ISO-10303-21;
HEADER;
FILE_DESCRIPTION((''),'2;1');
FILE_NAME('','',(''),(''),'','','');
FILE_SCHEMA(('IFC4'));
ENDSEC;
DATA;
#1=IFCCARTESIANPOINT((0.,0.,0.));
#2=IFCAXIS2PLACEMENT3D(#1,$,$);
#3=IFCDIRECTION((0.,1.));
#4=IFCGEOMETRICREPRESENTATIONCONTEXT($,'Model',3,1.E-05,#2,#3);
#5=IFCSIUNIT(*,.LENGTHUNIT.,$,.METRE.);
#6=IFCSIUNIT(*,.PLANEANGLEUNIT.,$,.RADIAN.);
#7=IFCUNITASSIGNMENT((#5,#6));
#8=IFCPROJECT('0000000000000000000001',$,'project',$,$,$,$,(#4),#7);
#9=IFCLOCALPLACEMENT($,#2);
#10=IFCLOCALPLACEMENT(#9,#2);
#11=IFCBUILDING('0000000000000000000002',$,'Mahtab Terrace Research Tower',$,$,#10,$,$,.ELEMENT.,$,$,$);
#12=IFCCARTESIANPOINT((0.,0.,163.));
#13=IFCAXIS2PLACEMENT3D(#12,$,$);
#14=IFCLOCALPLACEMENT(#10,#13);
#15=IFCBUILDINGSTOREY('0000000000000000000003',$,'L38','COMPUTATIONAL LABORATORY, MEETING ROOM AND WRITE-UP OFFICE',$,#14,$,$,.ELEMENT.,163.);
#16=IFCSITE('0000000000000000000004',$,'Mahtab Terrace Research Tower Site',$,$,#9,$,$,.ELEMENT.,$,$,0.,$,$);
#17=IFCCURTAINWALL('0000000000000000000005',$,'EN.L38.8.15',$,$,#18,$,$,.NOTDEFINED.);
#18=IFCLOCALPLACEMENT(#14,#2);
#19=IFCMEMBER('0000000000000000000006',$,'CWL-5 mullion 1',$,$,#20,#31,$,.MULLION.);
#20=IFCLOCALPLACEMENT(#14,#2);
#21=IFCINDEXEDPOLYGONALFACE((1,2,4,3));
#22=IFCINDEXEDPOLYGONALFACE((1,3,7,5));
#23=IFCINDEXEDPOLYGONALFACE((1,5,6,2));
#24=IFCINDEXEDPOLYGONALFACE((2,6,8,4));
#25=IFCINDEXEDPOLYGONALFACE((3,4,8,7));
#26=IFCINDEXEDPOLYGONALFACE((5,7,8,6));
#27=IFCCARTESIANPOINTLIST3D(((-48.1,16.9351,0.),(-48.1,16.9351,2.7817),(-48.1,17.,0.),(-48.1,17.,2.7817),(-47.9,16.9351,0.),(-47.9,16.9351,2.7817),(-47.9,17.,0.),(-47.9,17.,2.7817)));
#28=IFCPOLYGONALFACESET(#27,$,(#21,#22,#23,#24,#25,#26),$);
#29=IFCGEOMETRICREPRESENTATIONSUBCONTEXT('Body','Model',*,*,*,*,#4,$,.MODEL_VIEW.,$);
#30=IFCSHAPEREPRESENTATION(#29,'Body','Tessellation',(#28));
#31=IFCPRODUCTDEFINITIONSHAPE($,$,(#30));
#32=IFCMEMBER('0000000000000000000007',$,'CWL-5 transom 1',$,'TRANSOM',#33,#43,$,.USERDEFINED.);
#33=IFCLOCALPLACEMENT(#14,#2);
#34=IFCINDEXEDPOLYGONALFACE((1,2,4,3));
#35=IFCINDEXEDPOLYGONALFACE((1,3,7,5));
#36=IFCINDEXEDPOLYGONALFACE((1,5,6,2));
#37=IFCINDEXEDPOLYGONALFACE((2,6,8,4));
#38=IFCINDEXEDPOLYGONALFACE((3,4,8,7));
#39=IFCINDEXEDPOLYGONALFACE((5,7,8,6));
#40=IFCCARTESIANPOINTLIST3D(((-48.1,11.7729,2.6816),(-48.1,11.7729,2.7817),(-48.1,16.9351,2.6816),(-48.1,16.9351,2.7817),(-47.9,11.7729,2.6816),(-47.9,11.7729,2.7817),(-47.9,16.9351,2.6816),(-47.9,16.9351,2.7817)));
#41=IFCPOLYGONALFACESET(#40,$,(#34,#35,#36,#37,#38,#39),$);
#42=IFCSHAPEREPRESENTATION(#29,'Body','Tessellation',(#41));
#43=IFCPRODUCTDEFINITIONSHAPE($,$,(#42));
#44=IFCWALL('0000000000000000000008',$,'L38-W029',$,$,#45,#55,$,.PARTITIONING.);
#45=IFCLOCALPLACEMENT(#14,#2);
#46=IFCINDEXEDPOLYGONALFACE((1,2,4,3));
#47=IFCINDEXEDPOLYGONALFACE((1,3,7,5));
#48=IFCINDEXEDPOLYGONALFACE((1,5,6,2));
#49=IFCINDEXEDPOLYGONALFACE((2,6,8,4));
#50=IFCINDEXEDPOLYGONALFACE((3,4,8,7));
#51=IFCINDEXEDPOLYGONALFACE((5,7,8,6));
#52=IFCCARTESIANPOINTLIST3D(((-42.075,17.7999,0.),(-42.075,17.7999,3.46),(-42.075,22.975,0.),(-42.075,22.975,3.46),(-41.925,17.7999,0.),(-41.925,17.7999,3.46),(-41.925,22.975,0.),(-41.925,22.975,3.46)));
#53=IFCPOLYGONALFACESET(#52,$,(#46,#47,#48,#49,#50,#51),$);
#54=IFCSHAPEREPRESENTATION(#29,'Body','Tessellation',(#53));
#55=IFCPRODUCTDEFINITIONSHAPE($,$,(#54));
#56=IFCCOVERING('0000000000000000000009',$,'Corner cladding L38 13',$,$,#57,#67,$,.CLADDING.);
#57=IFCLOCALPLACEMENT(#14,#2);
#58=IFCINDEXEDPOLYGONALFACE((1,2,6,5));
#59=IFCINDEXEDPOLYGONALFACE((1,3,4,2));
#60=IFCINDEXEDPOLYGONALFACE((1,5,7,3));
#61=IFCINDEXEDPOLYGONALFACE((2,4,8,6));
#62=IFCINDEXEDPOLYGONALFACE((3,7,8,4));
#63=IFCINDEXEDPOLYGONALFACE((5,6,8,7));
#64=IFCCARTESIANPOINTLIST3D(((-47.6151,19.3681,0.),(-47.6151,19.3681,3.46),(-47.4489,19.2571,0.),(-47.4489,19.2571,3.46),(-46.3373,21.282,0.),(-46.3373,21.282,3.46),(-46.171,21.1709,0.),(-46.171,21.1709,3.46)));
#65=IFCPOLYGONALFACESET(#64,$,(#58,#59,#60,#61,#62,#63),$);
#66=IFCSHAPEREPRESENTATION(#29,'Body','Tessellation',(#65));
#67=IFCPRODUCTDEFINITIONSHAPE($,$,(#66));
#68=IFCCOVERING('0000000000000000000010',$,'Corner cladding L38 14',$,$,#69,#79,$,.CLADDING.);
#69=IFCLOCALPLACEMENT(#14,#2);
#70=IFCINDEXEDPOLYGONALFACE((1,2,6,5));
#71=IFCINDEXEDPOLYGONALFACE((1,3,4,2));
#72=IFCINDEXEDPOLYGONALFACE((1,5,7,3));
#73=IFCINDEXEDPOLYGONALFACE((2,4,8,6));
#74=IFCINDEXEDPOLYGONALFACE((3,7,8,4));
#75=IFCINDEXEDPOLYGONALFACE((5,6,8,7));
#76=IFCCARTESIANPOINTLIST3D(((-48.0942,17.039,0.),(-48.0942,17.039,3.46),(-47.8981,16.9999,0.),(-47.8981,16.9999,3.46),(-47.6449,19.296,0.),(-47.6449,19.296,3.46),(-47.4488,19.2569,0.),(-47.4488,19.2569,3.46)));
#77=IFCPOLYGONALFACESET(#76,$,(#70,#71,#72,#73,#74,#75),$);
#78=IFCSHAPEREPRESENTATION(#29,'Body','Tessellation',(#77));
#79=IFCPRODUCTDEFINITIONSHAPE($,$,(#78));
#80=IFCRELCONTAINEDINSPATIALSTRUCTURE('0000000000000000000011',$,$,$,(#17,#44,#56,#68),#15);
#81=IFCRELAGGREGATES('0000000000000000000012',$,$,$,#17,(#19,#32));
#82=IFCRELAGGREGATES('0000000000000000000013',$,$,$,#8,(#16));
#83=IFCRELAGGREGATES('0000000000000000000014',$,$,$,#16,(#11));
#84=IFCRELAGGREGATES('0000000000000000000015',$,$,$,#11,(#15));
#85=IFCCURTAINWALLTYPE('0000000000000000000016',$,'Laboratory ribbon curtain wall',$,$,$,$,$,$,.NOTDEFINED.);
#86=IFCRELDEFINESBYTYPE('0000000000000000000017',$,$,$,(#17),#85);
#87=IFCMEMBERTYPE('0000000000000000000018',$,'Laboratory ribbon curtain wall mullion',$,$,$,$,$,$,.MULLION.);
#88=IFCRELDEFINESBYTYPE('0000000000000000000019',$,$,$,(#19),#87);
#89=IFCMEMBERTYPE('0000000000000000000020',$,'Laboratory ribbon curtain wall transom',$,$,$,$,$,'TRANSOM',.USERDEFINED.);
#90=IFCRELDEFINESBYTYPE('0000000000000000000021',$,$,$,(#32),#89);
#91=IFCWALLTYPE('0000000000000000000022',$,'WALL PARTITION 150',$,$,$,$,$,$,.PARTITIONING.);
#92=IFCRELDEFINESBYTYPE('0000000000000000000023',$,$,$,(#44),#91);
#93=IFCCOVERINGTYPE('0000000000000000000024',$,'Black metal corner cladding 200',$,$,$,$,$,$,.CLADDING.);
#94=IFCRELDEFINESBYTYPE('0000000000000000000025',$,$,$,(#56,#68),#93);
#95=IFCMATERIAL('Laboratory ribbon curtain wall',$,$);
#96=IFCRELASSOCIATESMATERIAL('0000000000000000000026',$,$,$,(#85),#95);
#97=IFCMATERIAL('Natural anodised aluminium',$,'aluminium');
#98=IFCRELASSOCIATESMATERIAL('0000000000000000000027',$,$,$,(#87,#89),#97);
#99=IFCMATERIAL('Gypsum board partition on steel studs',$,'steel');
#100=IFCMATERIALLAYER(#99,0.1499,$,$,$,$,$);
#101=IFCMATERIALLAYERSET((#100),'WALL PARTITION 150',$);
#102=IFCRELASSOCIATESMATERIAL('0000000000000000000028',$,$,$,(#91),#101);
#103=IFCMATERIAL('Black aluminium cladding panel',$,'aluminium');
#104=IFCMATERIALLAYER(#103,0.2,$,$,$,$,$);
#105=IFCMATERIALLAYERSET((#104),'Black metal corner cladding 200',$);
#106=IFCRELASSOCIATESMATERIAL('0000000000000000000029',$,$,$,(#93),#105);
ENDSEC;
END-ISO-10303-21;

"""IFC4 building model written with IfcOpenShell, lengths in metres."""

from ifc_helpers import new_model, si_unit, direction, frame, frame_2d, origin, origin_2d, place, context, subcontext, project, spatial, rectangle, extrude, material, layer, layer_set, material_profile, profile_set, type_object, element, aggregate, save


model = new_model("IFC4")

# Units and contexts
model_context = context("Model", 3, precision=1e-05, world=origin(), true_north=direction((0.0, 1.0)))
body_context = subcontext(model_context, "Body", "Model", "MODEL_VIEW")
ifc_project = project(units=[si_unit("LENGTHUNIT", "METRE"), si_unit("PLANEANGLEUNIT", "RADIAN")], contexts=[model_context])

# Site, building, storey
site_placement = place(None, origin())
site = spatial("IfcSite", under=ifc_project, at=site_placement, Name="Mahtab Terrace Research Tower Site", CompositionType="ELEMENT", RefElevation=0.0)
building_placement = place(site_placement, origin())
building = spatial("IfcBuilding", under=site, at=building_placement, Name="Mahtab Terrace Research Tower", CompositionType="ELEMENT")
storey_placement = place(building_placement, frame((0.0, 0.0, 163.0)))
storey = spatial("IfcBuildingStorey", under=building, at=storey_placement, Name="L38", Description="COMPUTATIONAL LABORATORY, MEETING ROOM AND WRITE-UP OFFICE", CompositionType="ELEMENT", Elevation=163.0)

# Curtain wall, members
ifc_material_1 = material(Name="Laboratory ribbon curtain wall")
curtain_wall_type = type_object("IfcCurtainWallType", Name="Laboratory ribbon curtain wall", PredefinedType="NOTDEFINED", material=ifc_material_1)
curtain_wall_placement = place(storey_placement, origin())
curtain_wall = element("IfcCurtainWall", 1, at=curtain_wall_placement, inside=storey, type_object=curtain_wall_type, Name="EN.L38.8.15", PredefinedType="NOTDEFINED")
ifc_material_2 = material(Name="Natural anodised aluminium", Category="aluminium")
ifc_material_profile_1 = material_profile(ifc_material_2, rectangle(XDim=0.2, YDim=0.0649, at=origin_2d()), Name="MULLION 65x200")
ifc_profile_set_1 = profile_set([ifc_material_profile_1], Name="Natural anodised aluminium")
member_type_1 = type_object("IfcMemberType", Name="Laboratory ribbon curtain wall mullion", PredefinedType="MULLION", material=ifc_profile_set_1)
member_1_placement = place(storey_placement, frame((-48.0, 16.9675, 0.0), z_axis=(0.0, 0.0, 1.0), x_axis=(1.0, 0.0, 0.0)))
member_1 = element("IfcMember", 2, at=member_1_placement, type_object=member_type_1, Name="CWL-5 mullion 1", PredefinedType="MULLION", context=body_context, shape_type="SweptSolid", body=[
    extrude(rectangle(XDim=0.2, YDim=0.0649, at=origin_2d()), origin(), (0.0, 0.0, 1.0), 2.7817),
])
ifc_material_profile_2 = material_profile(ifc_material_2, rectangle(XDim=0.2, YDim=0.1001, at=origin_2d()), Name="TRANSOM 100x200")
ifc_profile_set_2 = profile_set([ifc_material_profile_2], Name="Natural anodised aluminium")
member_type_2 = type_object("IfcMemberType", Name="Laboratory ribbon curtain wall transom", ElementType="TRANSOM", PredefinedType="USERDEFINED", material=ifc_profile_set_2)
member_2_placement = place(storey_placement, frame((-48.0, 16.9351, 2.7317), z_axis=(0.0, -1.0, 0.0), x_axis=(1.0, 0.0, 0.0)))
member_2 = element("IfcMember", 3, at=member_2_placement, type_object=member_type_2, Name="CWL-5 transom 1", ObjectType="TRANSOM", PredefinedType="USERDEFINED", context=body_context, shape_type="SweptSolid", body=[
    extrude(rectangle(XDim=0.2, YDim=0.1001, at=origin_2d()), origin(), (0.0, 0.0, 1.0), 5.1621),
])
aggregate(curtain_wall, [member_1, member_2])

# Wall
ifc_material_3 = material(Name="Gypsum board partition on steel studs", Category="steel")
ifc_layer_1 = layer(ifc_material_3, 0.1499)
ifc_layer_set_1 = layer_set([ifc_layer_1], Name="WALL PARTITION 150")
wall_type_1 = type_object("IfcWallType", Name="WALL PARTITION 150", PredefinedType="PARTITIONING", material=ifc_layer_set_1)
wall_1_placement = place(storey_placement, frame((-42.0, 17.8, 0.0), z_axis=(0.0, 0.0, 1.0), x_axis=(0.0, 1.0, 0.0)))
element("IfcWall", 4, at=wall_1_placement, inside=storey, type_object=wall_type_1, Name="L38-W029", PredefinedType="PARTITIONING", context=body_context, shape_type="SweptSolid", body=[
    extrude(rectangle(XDim=5.175, YDim=0.1499, at=frame_2d((2.5874, 0.0))), origin(), (0.0, 0.0, 1.0), 3.46),
])

# Coverings
ifc_material_4 = material(Name="Black aluminium cladding panel", Category="aluminium")
ifc_layer_2 = layer(ifc_material_4, 0.2)
ifc_layer_set_2 = layer_set([ifc_layer_2], Name="Black metal corner cladding 200")
covering_type = type_object("IfcCoveringType", Name="Black metal corner cladding 200", PredefinedType="CLADDING", material=ifc_layer_set_2)
for number, where, z_axis, x_axis, name in (
    (5, (-46.8931, 20.2695, 0.0), (0.0, 0.0, 1.0), (-0.555291, -0.831656, 0.0), "Corner cladding L38 13"),
    (6, (-47.7715, 18.1479, 0.0), (0.0, 0.0, 1.0), (-0.195212, -0.980761, 0.0), "Corner cladding L38 14"),
):
    element("IfcCovering", number, at=place(storey_placement, frame(where, z_axis=z_axis, x_axis=x_axis)), inside=storey, type_object=covering_type, Name=name, PredefinedType="CLADDING", context=body_context, shape_type="SweptSolid", body=[
        extrude(rectangle(XDim=2.3013, YDim=0.2, at=origin_2d()), origin(), (0.0, 0.0, 1.0), 3.46),
    ])

save(model, "model.ifc")
